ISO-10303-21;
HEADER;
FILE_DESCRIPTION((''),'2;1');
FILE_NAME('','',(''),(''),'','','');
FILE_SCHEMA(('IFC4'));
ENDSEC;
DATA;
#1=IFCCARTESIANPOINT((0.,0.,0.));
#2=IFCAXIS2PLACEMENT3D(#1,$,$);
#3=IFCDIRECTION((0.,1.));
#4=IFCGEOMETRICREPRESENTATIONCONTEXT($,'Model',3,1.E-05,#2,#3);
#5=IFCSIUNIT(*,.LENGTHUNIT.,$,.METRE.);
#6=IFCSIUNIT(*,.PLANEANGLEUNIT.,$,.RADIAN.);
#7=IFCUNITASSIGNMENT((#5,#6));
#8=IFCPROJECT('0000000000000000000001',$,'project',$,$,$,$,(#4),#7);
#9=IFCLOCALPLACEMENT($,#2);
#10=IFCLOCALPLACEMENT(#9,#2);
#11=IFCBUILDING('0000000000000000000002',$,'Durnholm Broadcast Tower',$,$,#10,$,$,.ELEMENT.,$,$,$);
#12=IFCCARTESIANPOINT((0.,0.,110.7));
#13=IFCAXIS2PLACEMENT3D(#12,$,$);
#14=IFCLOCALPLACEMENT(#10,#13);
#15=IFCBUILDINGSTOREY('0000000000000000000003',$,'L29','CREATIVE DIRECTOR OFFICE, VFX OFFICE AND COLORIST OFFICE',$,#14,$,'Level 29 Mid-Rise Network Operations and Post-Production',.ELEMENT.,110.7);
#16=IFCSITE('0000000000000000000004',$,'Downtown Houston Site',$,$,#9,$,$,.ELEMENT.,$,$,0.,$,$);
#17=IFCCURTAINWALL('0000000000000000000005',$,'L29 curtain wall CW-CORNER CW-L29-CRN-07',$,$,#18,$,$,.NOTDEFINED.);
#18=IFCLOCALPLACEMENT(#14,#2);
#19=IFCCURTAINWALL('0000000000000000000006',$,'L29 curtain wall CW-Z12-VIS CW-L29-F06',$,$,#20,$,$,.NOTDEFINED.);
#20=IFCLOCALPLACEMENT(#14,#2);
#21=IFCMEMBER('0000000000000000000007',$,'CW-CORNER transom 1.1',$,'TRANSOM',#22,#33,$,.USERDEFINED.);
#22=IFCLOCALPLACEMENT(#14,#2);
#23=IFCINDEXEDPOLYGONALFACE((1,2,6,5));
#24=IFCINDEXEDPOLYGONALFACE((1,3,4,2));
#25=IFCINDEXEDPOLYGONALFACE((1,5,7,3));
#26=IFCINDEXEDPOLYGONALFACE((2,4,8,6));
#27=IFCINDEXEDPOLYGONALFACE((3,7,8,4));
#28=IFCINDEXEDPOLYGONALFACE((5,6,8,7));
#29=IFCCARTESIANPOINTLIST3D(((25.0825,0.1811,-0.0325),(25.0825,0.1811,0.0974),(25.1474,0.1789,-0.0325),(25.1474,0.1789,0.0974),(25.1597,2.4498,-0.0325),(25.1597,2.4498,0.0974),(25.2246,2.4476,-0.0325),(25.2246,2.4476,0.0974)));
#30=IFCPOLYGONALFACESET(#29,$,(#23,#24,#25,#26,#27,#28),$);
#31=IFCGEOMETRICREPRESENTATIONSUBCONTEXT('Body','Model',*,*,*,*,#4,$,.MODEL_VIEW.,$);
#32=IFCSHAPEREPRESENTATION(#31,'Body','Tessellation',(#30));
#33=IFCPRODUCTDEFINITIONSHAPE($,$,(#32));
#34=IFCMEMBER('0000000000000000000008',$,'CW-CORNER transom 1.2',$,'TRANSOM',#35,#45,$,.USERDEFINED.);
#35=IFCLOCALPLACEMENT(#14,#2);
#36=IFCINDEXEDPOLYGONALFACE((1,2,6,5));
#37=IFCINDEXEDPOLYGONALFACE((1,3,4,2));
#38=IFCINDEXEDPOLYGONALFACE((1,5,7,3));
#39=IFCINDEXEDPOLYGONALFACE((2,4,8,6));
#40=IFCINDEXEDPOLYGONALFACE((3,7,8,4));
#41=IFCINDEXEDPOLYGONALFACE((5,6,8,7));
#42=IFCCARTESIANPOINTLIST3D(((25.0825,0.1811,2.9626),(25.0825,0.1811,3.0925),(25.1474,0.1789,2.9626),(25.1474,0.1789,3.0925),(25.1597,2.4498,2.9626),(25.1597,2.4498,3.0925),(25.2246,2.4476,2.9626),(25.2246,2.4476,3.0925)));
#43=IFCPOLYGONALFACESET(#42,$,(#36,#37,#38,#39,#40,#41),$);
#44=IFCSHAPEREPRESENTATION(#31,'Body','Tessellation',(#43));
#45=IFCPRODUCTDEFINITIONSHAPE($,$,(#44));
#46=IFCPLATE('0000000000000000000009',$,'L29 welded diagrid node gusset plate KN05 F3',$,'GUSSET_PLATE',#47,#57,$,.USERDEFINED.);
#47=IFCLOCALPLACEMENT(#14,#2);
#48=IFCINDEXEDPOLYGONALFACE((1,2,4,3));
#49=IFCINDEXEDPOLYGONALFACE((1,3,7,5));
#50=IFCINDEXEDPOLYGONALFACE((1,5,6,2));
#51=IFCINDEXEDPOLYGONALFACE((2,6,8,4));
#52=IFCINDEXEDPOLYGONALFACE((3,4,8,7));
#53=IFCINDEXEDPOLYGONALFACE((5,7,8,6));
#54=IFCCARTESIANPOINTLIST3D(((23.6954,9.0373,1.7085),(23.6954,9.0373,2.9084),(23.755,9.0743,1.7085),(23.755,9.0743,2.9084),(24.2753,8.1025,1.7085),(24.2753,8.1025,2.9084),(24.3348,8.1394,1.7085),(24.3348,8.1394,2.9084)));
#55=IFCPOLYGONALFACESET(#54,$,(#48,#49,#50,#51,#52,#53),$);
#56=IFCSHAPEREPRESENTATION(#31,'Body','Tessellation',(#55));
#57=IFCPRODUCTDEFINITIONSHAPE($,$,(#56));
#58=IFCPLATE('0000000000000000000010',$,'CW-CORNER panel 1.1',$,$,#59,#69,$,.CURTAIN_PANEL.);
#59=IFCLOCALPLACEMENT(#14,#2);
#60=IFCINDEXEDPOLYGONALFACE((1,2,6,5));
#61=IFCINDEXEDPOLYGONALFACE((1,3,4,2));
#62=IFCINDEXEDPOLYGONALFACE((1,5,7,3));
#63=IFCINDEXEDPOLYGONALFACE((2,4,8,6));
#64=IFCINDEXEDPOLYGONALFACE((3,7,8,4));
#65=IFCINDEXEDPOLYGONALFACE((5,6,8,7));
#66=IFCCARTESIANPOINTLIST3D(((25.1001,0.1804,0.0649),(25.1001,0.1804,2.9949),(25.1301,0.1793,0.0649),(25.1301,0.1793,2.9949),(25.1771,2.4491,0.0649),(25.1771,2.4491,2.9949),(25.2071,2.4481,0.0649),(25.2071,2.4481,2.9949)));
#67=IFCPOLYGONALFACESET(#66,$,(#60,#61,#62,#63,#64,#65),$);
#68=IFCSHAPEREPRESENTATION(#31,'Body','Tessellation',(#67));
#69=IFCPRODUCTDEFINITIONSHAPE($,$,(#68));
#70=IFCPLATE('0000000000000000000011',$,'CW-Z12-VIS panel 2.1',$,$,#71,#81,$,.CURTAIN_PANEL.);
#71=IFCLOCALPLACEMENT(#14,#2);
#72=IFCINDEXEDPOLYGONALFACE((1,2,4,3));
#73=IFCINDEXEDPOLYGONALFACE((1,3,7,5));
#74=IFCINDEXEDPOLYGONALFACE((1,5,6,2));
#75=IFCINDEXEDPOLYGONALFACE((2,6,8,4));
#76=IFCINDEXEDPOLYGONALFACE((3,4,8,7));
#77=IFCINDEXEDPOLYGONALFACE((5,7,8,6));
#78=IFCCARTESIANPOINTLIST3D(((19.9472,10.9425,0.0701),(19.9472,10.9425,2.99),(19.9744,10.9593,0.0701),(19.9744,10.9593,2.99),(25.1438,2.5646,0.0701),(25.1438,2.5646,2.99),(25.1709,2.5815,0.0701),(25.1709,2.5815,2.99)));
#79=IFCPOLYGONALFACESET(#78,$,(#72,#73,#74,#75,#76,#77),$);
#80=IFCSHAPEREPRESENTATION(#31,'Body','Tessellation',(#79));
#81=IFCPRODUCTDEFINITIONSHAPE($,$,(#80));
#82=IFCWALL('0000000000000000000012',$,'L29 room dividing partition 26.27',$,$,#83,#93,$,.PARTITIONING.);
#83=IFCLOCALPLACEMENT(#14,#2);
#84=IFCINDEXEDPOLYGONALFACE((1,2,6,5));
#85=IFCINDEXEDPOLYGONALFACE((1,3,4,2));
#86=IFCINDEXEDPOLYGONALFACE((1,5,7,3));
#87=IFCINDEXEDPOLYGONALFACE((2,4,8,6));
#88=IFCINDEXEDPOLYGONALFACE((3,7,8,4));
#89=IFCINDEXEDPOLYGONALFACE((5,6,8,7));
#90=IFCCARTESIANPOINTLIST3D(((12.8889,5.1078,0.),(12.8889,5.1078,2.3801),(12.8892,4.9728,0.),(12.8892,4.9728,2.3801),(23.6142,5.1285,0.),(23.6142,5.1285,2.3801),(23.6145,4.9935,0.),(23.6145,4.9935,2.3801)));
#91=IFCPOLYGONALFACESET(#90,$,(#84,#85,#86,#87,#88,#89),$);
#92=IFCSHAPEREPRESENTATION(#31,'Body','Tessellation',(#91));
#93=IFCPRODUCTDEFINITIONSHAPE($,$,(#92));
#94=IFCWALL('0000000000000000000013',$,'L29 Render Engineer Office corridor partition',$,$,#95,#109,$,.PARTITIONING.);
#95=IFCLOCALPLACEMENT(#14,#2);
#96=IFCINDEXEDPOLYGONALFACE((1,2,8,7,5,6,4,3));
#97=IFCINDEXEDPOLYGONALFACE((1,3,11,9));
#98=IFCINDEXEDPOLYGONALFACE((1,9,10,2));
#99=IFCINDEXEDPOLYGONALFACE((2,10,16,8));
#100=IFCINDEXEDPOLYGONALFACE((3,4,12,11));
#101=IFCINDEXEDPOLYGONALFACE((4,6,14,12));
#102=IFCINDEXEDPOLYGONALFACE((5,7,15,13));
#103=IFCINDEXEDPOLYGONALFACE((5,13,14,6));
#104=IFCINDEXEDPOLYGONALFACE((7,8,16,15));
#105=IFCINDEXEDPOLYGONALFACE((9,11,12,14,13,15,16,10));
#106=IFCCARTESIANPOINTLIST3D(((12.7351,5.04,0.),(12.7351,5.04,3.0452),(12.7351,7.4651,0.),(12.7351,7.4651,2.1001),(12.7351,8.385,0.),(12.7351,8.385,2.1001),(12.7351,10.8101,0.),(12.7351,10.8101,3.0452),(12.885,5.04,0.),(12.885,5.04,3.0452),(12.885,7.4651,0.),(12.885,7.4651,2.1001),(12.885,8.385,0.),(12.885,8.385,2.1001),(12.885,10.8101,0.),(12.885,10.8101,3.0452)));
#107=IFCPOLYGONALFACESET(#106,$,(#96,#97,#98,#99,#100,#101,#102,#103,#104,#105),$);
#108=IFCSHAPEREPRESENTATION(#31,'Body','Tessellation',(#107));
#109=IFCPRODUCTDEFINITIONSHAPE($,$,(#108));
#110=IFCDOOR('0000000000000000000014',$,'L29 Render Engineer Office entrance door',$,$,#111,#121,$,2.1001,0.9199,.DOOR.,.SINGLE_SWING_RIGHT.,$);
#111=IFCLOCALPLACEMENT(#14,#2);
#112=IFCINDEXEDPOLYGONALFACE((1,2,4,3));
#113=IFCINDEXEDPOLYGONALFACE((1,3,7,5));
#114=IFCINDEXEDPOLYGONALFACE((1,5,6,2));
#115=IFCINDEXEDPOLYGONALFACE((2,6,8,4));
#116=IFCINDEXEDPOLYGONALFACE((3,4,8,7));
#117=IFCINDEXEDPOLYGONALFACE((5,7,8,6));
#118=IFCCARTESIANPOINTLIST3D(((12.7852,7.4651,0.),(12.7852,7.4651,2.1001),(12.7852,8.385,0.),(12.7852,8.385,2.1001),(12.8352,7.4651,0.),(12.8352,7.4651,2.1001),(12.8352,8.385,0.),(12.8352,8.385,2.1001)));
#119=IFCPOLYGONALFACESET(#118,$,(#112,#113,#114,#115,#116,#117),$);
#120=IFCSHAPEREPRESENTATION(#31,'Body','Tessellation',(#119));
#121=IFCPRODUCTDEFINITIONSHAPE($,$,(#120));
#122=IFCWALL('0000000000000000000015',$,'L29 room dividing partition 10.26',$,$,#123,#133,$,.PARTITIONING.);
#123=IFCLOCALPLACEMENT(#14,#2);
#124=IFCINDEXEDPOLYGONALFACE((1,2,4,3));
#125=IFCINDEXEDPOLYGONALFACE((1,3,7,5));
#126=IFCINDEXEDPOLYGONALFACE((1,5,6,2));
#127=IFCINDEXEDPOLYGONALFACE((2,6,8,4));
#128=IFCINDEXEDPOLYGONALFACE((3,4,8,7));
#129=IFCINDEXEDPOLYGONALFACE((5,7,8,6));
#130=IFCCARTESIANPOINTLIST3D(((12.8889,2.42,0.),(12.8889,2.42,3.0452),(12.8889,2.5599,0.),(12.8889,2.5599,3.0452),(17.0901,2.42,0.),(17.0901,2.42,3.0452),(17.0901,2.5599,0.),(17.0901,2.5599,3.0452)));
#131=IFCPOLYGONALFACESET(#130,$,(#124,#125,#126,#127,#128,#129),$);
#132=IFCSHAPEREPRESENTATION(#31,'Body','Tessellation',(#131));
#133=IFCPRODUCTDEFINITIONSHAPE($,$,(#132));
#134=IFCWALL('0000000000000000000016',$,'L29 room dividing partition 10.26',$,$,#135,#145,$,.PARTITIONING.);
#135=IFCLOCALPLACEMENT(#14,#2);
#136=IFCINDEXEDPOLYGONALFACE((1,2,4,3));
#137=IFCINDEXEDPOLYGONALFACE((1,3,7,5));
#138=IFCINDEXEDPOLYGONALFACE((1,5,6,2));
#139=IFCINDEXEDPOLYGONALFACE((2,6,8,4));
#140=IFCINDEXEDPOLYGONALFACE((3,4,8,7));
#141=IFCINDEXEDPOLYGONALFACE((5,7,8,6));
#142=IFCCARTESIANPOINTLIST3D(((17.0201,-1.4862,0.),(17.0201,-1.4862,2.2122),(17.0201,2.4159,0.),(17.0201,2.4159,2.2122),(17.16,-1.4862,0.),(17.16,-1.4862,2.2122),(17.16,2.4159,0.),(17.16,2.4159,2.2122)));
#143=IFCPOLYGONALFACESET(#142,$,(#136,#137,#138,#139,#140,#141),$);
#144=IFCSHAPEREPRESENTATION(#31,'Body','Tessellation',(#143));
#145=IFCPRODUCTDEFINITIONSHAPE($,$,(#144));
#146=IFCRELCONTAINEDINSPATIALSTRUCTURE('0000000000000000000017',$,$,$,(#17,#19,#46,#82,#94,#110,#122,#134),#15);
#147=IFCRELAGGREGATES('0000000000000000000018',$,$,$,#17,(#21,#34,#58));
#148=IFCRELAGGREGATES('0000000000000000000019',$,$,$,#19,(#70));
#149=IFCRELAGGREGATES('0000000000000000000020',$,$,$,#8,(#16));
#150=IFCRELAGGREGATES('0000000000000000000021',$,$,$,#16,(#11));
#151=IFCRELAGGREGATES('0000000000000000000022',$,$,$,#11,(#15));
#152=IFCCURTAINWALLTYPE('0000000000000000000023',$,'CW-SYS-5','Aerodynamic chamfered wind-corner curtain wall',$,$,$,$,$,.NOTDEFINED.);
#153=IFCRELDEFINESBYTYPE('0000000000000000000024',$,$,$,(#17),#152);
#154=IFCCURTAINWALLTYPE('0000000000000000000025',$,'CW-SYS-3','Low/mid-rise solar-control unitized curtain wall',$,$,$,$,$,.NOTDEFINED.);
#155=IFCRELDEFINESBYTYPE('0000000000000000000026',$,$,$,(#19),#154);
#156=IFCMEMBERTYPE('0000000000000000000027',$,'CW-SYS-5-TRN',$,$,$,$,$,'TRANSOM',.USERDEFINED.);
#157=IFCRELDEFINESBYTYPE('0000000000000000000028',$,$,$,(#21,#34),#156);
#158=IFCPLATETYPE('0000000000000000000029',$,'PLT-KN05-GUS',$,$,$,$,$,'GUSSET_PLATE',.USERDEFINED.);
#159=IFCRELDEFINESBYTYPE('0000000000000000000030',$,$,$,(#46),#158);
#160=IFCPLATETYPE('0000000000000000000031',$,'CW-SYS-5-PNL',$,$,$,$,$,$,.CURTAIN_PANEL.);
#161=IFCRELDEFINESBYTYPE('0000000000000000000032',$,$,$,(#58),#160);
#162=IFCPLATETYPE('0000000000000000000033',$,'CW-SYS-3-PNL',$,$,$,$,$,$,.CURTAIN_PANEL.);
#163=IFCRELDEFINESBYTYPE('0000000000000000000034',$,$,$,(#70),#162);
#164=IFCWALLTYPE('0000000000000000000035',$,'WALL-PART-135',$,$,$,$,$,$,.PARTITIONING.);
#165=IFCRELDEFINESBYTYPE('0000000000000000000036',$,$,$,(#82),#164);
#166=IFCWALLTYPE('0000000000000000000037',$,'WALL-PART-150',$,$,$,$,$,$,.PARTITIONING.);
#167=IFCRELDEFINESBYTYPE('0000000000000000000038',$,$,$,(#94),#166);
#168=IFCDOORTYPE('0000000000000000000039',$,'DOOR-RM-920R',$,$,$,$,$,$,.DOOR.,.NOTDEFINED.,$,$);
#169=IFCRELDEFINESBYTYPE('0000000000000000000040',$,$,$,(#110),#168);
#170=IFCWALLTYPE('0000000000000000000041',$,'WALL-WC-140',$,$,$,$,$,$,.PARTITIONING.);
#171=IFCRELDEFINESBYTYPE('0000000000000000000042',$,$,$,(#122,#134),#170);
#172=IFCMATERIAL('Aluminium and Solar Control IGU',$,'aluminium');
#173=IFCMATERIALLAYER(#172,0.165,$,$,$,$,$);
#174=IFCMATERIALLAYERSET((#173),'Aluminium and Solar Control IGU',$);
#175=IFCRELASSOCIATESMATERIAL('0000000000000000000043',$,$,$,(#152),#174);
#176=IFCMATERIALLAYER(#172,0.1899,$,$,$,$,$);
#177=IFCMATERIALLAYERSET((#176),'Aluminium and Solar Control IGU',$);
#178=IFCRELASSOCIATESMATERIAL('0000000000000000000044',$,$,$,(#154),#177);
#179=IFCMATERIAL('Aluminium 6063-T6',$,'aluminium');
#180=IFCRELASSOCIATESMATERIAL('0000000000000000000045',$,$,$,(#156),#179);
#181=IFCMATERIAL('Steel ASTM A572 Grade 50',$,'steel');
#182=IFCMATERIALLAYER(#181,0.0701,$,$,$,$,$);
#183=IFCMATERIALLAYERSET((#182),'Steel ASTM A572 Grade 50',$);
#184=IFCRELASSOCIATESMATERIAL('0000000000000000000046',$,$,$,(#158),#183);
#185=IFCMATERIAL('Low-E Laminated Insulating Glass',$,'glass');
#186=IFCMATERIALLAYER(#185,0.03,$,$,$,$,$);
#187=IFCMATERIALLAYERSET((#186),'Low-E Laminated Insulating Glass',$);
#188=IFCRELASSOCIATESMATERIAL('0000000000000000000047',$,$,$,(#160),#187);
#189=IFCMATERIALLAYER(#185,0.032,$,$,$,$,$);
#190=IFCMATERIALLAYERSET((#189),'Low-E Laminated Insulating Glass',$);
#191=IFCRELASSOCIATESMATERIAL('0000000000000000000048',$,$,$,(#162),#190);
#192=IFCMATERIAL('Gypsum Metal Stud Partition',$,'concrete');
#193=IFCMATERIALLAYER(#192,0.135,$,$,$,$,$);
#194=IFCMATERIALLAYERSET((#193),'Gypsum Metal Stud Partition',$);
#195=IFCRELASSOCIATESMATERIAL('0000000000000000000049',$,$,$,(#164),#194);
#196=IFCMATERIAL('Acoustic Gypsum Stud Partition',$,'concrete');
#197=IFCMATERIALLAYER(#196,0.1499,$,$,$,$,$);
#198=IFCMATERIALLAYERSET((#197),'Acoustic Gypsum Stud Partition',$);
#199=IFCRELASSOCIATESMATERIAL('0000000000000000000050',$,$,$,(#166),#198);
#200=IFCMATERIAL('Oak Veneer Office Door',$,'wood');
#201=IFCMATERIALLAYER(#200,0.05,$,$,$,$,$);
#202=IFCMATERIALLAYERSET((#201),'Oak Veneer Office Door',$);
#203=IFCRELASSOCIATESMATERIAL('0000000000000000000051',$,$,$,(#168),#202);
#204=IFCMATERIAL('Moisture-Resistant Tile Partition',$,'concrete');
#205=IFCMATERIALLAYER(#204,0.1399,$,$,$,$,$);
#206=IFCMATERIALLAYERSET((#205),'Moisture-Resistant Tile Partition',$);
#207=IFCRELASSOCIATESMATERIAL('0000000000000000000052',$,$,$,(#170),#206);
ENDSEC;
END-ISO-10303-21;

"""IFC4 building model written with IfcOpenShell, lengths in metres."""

from ifc_helpers import new_model, si_unit, direction, frame, frame_2d, origin, origin_2d, place, context, subcontext, project, spatial, rectangle, extrude, source, transform, mapped, material, layer, layer_set, material_profile, profile_set, type_object, type_shapes, element, fill, aggregate, save


model = new_model("IFC4")

# Units and contexts
model_context = context("Model", 3, precision=1e-05, world=origin(), true_north=direction((0.0, 1.0)))
body_context = subcontext(model_context, "Body", "Model", "MODEL_VIEW")
ifc_project = project(units=[si_unit("LENGTHUNIT", "METRE"), si_unit("PLANEANGLEUNIT", "RADIAN")], contexts=[model_context])

# Site, building, storey
site_placement = place(None, origin())
site = spatial("IfcSite", under=ifc_project, at=site_placement, Name="Downtown Houston Site", CompositionType="ELEMENT", RefElevation=0.0)
building_placement = place(site_placement, origin())
building = spatial("IfcBuilding", under=site, at=building_placement, Name="Durnholm Broadcast Tower", CompositionType="ELEMENT")
storey_placement = place(building_placement, frame((0.0, 0.0, 110.7)))
storey = spatial("IfcBuildingStorey", under=building, at=storey_placement, Name="L29", Description="CREATIVE DIRECTOR OFFICE, VFX OFFICE AND COLORIST OFFICE", LongName="Level 29 Mid-Rise Network Operations and Post-Production", CompositionType="ELEMENT", Elevation=110.7)

# Curtain walls
ifc_material_1 = material(Name="Aluminium and Solar Control IGU", Category="aluminium")
ifc_layer_1 = layer(ifc_material_1, 0.165)
ifc_layer_set_1 = layer_set([ifc_layer_1], Name="Aluminium and Solar Control IGU")
curtain_wall_type_1 = type_object("IfcCurtainWallType", Name="CW-SYS-5", Description="Aerodynamic chamfered wind-corner curtain wall", PredefinedType="NOTDEFINED", material=ifc_layer_set_1)
curtain_wall_1_placement = place(storey_placement, origin())
curtain_wall_1 = element("IfcCurtainWall", 1, at=curtain_wall_1_placement, inside=storey, type_object=curtain_wall_type_1, Name="L29 curtain wall CW-CORNER CW-L29-CRN-07", PredefinedType="NOTDEFINED")
ifc_material_2 = material(Name="Aluminium 6063-T6", Category="aluminium")
ifc_layer_2 = layer(ifc_material_1, 0.1899)
ifc_layer_set_2 = layer_set([ifc_layer_2], Name="Aluminium and Solar Control IGU")
curtain_wall_type_2 = type_object("IfcCurtainWallType", Name="CW-SYS-3", Description="Low/mid-rise solar-control unitized curtain wall", PredefinedType="NOTDEFINED", material=ifc_layer_set_2)
curtain_wall_2_placement = place(storey_placement, origin())
curtain_wall_2 = element("IfcCurtainWall", 2, at=curtain_wall_2_placement, inside=storey, type_object=curtain_wall_type_2, Name="L29 curtain wall CW-Z12-VIS CW-L29-F06", PredefinedType="NOTDEFINED")

# Members
ifc_material_profile_1 = material_profile(ifc_material_2, rectangle(XDim=0.0649, YDim=0.1299, at=origin_2d()), Name="CWT65X130")
ifc_profile_set_1 = profile_set([ifc_material_profile_1], Name="Aluminium 6063-T6")
member_type_1 = type_object("IfcMemberType", Name="CW-SYS-5-TRN", ElementType="TRANSOM", PredefinedType="USERDEFINED", material=ifc_profile_set_1)
shared_shape_1 = source(origin(), body_context, "Body", "SweptSolid", [
    extrude(rectangle(XDim=0.0649, YDim=0.1299, at=origin_2d()), origin(), (0.0, 0.0, 1.0), 2.27),
])
type_shapes(member_type_1, [shared_shape_1])
member_1_placement = place(storey_placement, frame((25.1921, 2.4487, 0.0325), z_axis=(-0.033984, -0.999422, 0.0), x_axis=(0.999422, -0.033984, 0.0)))
member_1 = element("IfcMember", 3, at=member_1_placement, type_object=member_type_1, Name="CW-CORNER transom 1.1", ObjectType="TRANSOM", PredefinedType="USERDEFINED", context=body_context, shape_type="MappedRepresentation", body=[
    mapped(shared_shape_1, transform((0.0, 0.0, 0.0), x_axis=(1.0, 0.0, 0.0), y_axis=(0.0, 1.0, 0.0), z_axis=(0.0, 0.0, 1.0), scale=1.0)),
])
member_2_placement = place(storey_placement, frame((25.1921, 2.4487, 3.0276), z_axis=(-0.033984, -0.999422, 0.0), x_axis=(0.999422, -0.033984, 0.0)))
member_2 = element("IfcMember", 4, at=member_2_placement, type_object=member_type_1, Name="CW-CORNER transom 1.2", ObjectType="TRANSOM", PredefinedType="USERDEFINED", context=body_context, shape_type="MappedRepresentation", body=[
    mapped(shared_shape_1, transform((0.0, 0.0, 0.0), x_axis=(1.0, 0.0, 0.0), y_axis=(0.0, 1.0, 0.0), z_axis=(0.0, 0.0, 1.0), scale=1.0)),
])

# Plates
ifc_material_3 = material(Name="Steel ASTM A572 Grade 50", Category="steel")
ifc_layer_3 = layer(ifc_material_3, 0.0701)
ifc_layer_set_3 = layer_set([ifc_layer_3], Name="Steel ASTM A572 Grade 50")
plate_type_1 = type_object("IfcPlateType", Name="PLT-KN05-GUS", ElementType="GUSSET_PLATE", PredefinedType="USERDEFINED", material=ifc_layer_set_3)
shared_shape_2 = source(origin(), body_context, "Body", "SweptSolid", [
    extrude(rectangle(XDim=1.1001, YDim=0.0701, at=origin_2d()), origin(), (0.0, 0.0, 1.0), 1.2),
])
type_shapes(plate_type_1, [shared_shape_2])
plate_1_placement = place(storey_placement, frame((24.0151, 8.5884, 1.7085), z_axis=(0.0, 0.0, 1.0), x_axis=(-0.527104, 0.849801, 0.0)))
element("IfcPlate", 5, at=plate_1_placement, inside=storey, type_object=plate_type_1, Name="L29 welded diagrid node gusset plate KN05 F3", ObjectType="GUSSET_PLATE", PredefinedType="USERDEFINED", context=body_context, shape_type="MappedRepresentation", body=[
    mapped(shared_shape_2, transform((0.0, 0.0, 0.0), x_axis=(1.0, 0.0, 0.0), y_axis=(0.0, 1.0, 0.0), z_axis=(0.0, 0.0, 1.0), scale=1.0)),
])
ifc_material_4 = material(Name="Low-E Laminated Insulating Glass", Category="glass")
ifc_layer_4 = layer(ifc_material_4, 0.03)
ifc_layer_set_4 = layer_set([ifc_layer_4], Name="Low-E Laminated Insulating Glass")
plate_type_2 = type_object("IfcPlateType", Name="CW-SYS-5-PNL", PredefinedType="CURTAIN_PANEL", material=ifc_layer_set_4)
shared_shape_3 = source(origin(), body_context, "Body", "SweptSolid", [
    extrude(rectangle(XDim=2.27, YDim=0.03, at=origin_2d()), origin(), (0.0, 0.0, 1.0), 2.9299),
])
type_shapes(plate_type_2, [shared_shape_3])
plate_2_placement = place(storey_placement, frame((25.1536, 1.3142, 0.0649), z_axis=(0.0, 0.0, 1.0), x_axis=(-0.033917, -0.999425, 0.0)))
plate_2 = element("IfcPlate", 6, at=plate_2_placement, type_object=plate_type_2, Name="CW-CORNER panel 1.1", PredefinedType="CURTAIN_PANEL", context=body_context, shape_type="MappedRepresentation", body=[
    mapped(shared_shape_3, transform((0.0, 0.0, 0.0), x_axis=(1.0, 0.0, 0.0), y_axis=(0.0, 1.0, 0.0), z_axis=(0.0, 0.0, 1.0), scale=1.0)),
])
aggregate(curtain_wall_1, [member_1, member_2, plate_2])
ifc_layer_5 = layer(ifc_material_4, 0.032)
ifc_layer_set_5 = layer_set([ifc_layer_5], Name="Low-E Laminated Insulating Glass")
plate_type_3 = type_object("IfcPlateType", Name="CW-SYS-3-PNL", PredefinedType="CURTAIN_PANEL", material=ifc_layer_set_5)
shared_shape_4 = source(origin(), body_context, "Body", "SweptSolid", [
    extrude(rectangle(XDim=9.8586, YDim=0.032, at=origin_2d()), origin(), (0.0, 0.0, 1.0), 2.9199),
])
type_shapes(plate_type_3, [shared_shape_4])
plate_3_placement = place(storey_placement, frame((22.5591, 6.762, 0.0701), z_axis=(0.0, 0.0, 1.0), x_axis=(0.527105, -0.8498, 0.0)))
plate_3 = element("IfcPlate", 7, at=plate_3_placement, type_object=plate_type_3, Name="CW-Z12-VIS panel 2.1", PredefinedType="CURTAIN_PANEL", context=body_context, shape_type="MappedRepresentation", body=[
    mapped(shared_shape_4, transform((0.0, 0.0, 0.0), x_axis=(1.0, 0.0, 0.0), y_axis=(0.0, 1.0, 0.0), z_axis=(0.0, 0.0, 1.0), scale=1.0)),
])
aggregate(curtain_wall_2, [plate_3])

# Wall
ifc_material_5 = material(Name="Gypsum Metal Stud Partition", Category="concrete")
ifc_layer_6 = layer(ifc_material_5, 0.135)
ifc_layer_set_6 = layer_set([ifc_layer_6], Name="Gypsum Metal Stud Partition")
wall_type_1 = type_object("IfcWallType", Name="WALL-PART-135", PredefinedType="PARTITIONING", material=ifc_layer_set_6)
wall_1_placement = place(storey_placement, frame((12.8889, 5.0403, 0.0), z_axis=(0.0, 0.0, 1.0), x_axis=(0.999998, 0.001935, 0.0)))
element("IfcWall", 8, at=wall_1_placement, inside=storey, type_object=wall_type_1, Name="L29 room dividing partition 26.27", PredefinedType="PARTITIONING", context=body_context, shape_type="SweptSolid", body=[
    extrude(rectangle(XDim=10.7253, YDim=0.135, at=frame_2d((5.3628, 0.0))), origin(), (0.0, 0.0, 1.0), 2.3801),
])

# Wall, opening, door
ifc_material_6 = material(Name="Acoustic Gypsum Stud Partition", Category="concrete")
ifc_layer_7 = layer(ifc_material_6, 0.1499)
ifc_layer_set_7 = layer_set([ifc_layer_7], Name="Acoustic Gypsum Stud Partition")
wall_type_2 = type_object("IfcWallType", Name="WALL-PART-150", PredefinedType="PARTITIONING", material=ifc_layer_set_7)
wall_2_placement = place(storey_placement, frame((12.8101, 5.04, 0.0), z_axis=(0.0, 0.0, 1.0), x_axis=(0.0, 1.0, 0.0)))
wall_2 = element("IfcWall", 9, at=wall_2_placement, inside=storey, type_object=wall_type_2, Name="L29 Render Engineer Office corridor partition", PredefinedType="PARTITIONING", context=body_context, shape_type="SweptSolid", body=[
    extrude(rectangle(XDim=5.77, YDim=0.1499, at=frame_2d((2.885, 0.0))), origin(), (0.0, 0.0, 1.0), 3.0452),
])
opening_placement = place(wall_2_placement, frame((2.425, 0.0, 0.0)))
opening = element("IfcOpeningElement", 10, at=opening_placement, cuts=wall_2, PredefinedType="OPENING", context=body_context, shape_type="SweptSolid", body=[
    extrude(rectangle(XDim=0.9199, YDim=2.1001, at=frame_2d((0.46, 1.05))), frame((0.0, 0.085, 0.0), z_axis=(0.0, -1.0, 0.0), x_axis=(1.0, 0.0, 0.0)), (0.0, 0.0, 1.0), 0.1699),
])
ifc_material_7 = material(Name="Oak Veneer Office Door", Category="wood")
ifc_layer_8 = layer(ifc_material_7, 0.05)
ifc_layer_set_8 = layer_set([ifc_layer_8], Name="Oak Veneer Office Door")
door_type = type_object("IfcDoorType", Name="DOOR-RM-920R", OperationType="NOTDEFINED", PredefinedType="DOOR", material=ifc_layer_set_8)
shared_shape_5 = source(origin(), body_context, "Body", "SweptSolid", [
    extrude(rectangle(XDim=0.9199, YDim=2.1001, at=frame_2d((0.46, 1.05))), frame((0.0, 0.0249, 0.0), z_axis=(0.0, -1.0, 0.0), x_axis=(1.0, 0.0, 0.0)), (0.0, 0.0, 1.0), 0.05),
])
type_shapes(door_type, [shared_shape_5])
door_placement = place(opening_placement, origin())
door = element("IfcDoor", 11, at=door_placement, inside=storey, type_object=door_type, Name="L29 Render Engineer Office entrance door", OperationType="SINGLE_SWING_RIGHT", OverallHeight=2.1001, OverallWidth=0.9199, PredefinedType="DOOR", context=body_context, shape_type="MappedRepresentation", body=[
    mapped(shared_shape_5, transform((0.0, 0.0, 0.0), x_axis=(1.0, 0.0, 0.0), y_axis=(0.0, 1.0, 0.0), z_axis=(0.0, 0.0, 1.0), scale=1.0)),
])
fill(opening, door)

# Walls
ifc_material_8 = material(Name="Moisture-Resistant Tile Partition", Category="concrete")
ifc_layer_9 = layer(ifc_material_8, 0.1399)
ifc_layer_set_9 = layer_set([ifc_layer_9], Name="Moisture-Resistant Tile Partition")
wall_type_3 = type_object("IfcWallType", Name="WALL-WC-140", PredefinedType="PARTITIONING", material=ifc_layer_set_9)
wall_3_placement = place(storey_placement, frame((12.8889, 2.49, 0.0), z_axis=(0.0, 0.0, 1.0), x_axis=(1.0, 0.0, 0.0)))
element("IfcWall", 12, at=wall_3_placement, inside=storey, type_object=wall_type_3, Name="L29 room dividing partition 10.26", PredefinedType="PARTITIONING", context=body_context, shape_type="SweptSolid", body=[
    extrude(rectangle(XDim=4.2012, YDim=0.1399, at=frame_2d((2.1006, 0.0))), origin(), (0.0, 0.0, 1.0), 3.0452),
])
wall_4_placement = place(storey_placement, frame((17.0901, 2.416, 0.0), z_axis=(0.0, 0.0, 1.0), x_axis=(0.0, -1.0, 0.0)))
element("IfcWall", 13, at=wall_4_placement, inside=storey, type_object=wall_type_3, Name="L29 room dividing partition 10.26", PredefinedType="PARTITIONING", context=body_context, shape_type="SweptSolid", body=[
    extrude(rectangle(XDim=3.9021, YDim=0.1399, at=frame_2d((1.9512, 0.0))), origin(), (0.0, 0.0, 1.0), 2.2122),
])

save(model, "model.ifc")
